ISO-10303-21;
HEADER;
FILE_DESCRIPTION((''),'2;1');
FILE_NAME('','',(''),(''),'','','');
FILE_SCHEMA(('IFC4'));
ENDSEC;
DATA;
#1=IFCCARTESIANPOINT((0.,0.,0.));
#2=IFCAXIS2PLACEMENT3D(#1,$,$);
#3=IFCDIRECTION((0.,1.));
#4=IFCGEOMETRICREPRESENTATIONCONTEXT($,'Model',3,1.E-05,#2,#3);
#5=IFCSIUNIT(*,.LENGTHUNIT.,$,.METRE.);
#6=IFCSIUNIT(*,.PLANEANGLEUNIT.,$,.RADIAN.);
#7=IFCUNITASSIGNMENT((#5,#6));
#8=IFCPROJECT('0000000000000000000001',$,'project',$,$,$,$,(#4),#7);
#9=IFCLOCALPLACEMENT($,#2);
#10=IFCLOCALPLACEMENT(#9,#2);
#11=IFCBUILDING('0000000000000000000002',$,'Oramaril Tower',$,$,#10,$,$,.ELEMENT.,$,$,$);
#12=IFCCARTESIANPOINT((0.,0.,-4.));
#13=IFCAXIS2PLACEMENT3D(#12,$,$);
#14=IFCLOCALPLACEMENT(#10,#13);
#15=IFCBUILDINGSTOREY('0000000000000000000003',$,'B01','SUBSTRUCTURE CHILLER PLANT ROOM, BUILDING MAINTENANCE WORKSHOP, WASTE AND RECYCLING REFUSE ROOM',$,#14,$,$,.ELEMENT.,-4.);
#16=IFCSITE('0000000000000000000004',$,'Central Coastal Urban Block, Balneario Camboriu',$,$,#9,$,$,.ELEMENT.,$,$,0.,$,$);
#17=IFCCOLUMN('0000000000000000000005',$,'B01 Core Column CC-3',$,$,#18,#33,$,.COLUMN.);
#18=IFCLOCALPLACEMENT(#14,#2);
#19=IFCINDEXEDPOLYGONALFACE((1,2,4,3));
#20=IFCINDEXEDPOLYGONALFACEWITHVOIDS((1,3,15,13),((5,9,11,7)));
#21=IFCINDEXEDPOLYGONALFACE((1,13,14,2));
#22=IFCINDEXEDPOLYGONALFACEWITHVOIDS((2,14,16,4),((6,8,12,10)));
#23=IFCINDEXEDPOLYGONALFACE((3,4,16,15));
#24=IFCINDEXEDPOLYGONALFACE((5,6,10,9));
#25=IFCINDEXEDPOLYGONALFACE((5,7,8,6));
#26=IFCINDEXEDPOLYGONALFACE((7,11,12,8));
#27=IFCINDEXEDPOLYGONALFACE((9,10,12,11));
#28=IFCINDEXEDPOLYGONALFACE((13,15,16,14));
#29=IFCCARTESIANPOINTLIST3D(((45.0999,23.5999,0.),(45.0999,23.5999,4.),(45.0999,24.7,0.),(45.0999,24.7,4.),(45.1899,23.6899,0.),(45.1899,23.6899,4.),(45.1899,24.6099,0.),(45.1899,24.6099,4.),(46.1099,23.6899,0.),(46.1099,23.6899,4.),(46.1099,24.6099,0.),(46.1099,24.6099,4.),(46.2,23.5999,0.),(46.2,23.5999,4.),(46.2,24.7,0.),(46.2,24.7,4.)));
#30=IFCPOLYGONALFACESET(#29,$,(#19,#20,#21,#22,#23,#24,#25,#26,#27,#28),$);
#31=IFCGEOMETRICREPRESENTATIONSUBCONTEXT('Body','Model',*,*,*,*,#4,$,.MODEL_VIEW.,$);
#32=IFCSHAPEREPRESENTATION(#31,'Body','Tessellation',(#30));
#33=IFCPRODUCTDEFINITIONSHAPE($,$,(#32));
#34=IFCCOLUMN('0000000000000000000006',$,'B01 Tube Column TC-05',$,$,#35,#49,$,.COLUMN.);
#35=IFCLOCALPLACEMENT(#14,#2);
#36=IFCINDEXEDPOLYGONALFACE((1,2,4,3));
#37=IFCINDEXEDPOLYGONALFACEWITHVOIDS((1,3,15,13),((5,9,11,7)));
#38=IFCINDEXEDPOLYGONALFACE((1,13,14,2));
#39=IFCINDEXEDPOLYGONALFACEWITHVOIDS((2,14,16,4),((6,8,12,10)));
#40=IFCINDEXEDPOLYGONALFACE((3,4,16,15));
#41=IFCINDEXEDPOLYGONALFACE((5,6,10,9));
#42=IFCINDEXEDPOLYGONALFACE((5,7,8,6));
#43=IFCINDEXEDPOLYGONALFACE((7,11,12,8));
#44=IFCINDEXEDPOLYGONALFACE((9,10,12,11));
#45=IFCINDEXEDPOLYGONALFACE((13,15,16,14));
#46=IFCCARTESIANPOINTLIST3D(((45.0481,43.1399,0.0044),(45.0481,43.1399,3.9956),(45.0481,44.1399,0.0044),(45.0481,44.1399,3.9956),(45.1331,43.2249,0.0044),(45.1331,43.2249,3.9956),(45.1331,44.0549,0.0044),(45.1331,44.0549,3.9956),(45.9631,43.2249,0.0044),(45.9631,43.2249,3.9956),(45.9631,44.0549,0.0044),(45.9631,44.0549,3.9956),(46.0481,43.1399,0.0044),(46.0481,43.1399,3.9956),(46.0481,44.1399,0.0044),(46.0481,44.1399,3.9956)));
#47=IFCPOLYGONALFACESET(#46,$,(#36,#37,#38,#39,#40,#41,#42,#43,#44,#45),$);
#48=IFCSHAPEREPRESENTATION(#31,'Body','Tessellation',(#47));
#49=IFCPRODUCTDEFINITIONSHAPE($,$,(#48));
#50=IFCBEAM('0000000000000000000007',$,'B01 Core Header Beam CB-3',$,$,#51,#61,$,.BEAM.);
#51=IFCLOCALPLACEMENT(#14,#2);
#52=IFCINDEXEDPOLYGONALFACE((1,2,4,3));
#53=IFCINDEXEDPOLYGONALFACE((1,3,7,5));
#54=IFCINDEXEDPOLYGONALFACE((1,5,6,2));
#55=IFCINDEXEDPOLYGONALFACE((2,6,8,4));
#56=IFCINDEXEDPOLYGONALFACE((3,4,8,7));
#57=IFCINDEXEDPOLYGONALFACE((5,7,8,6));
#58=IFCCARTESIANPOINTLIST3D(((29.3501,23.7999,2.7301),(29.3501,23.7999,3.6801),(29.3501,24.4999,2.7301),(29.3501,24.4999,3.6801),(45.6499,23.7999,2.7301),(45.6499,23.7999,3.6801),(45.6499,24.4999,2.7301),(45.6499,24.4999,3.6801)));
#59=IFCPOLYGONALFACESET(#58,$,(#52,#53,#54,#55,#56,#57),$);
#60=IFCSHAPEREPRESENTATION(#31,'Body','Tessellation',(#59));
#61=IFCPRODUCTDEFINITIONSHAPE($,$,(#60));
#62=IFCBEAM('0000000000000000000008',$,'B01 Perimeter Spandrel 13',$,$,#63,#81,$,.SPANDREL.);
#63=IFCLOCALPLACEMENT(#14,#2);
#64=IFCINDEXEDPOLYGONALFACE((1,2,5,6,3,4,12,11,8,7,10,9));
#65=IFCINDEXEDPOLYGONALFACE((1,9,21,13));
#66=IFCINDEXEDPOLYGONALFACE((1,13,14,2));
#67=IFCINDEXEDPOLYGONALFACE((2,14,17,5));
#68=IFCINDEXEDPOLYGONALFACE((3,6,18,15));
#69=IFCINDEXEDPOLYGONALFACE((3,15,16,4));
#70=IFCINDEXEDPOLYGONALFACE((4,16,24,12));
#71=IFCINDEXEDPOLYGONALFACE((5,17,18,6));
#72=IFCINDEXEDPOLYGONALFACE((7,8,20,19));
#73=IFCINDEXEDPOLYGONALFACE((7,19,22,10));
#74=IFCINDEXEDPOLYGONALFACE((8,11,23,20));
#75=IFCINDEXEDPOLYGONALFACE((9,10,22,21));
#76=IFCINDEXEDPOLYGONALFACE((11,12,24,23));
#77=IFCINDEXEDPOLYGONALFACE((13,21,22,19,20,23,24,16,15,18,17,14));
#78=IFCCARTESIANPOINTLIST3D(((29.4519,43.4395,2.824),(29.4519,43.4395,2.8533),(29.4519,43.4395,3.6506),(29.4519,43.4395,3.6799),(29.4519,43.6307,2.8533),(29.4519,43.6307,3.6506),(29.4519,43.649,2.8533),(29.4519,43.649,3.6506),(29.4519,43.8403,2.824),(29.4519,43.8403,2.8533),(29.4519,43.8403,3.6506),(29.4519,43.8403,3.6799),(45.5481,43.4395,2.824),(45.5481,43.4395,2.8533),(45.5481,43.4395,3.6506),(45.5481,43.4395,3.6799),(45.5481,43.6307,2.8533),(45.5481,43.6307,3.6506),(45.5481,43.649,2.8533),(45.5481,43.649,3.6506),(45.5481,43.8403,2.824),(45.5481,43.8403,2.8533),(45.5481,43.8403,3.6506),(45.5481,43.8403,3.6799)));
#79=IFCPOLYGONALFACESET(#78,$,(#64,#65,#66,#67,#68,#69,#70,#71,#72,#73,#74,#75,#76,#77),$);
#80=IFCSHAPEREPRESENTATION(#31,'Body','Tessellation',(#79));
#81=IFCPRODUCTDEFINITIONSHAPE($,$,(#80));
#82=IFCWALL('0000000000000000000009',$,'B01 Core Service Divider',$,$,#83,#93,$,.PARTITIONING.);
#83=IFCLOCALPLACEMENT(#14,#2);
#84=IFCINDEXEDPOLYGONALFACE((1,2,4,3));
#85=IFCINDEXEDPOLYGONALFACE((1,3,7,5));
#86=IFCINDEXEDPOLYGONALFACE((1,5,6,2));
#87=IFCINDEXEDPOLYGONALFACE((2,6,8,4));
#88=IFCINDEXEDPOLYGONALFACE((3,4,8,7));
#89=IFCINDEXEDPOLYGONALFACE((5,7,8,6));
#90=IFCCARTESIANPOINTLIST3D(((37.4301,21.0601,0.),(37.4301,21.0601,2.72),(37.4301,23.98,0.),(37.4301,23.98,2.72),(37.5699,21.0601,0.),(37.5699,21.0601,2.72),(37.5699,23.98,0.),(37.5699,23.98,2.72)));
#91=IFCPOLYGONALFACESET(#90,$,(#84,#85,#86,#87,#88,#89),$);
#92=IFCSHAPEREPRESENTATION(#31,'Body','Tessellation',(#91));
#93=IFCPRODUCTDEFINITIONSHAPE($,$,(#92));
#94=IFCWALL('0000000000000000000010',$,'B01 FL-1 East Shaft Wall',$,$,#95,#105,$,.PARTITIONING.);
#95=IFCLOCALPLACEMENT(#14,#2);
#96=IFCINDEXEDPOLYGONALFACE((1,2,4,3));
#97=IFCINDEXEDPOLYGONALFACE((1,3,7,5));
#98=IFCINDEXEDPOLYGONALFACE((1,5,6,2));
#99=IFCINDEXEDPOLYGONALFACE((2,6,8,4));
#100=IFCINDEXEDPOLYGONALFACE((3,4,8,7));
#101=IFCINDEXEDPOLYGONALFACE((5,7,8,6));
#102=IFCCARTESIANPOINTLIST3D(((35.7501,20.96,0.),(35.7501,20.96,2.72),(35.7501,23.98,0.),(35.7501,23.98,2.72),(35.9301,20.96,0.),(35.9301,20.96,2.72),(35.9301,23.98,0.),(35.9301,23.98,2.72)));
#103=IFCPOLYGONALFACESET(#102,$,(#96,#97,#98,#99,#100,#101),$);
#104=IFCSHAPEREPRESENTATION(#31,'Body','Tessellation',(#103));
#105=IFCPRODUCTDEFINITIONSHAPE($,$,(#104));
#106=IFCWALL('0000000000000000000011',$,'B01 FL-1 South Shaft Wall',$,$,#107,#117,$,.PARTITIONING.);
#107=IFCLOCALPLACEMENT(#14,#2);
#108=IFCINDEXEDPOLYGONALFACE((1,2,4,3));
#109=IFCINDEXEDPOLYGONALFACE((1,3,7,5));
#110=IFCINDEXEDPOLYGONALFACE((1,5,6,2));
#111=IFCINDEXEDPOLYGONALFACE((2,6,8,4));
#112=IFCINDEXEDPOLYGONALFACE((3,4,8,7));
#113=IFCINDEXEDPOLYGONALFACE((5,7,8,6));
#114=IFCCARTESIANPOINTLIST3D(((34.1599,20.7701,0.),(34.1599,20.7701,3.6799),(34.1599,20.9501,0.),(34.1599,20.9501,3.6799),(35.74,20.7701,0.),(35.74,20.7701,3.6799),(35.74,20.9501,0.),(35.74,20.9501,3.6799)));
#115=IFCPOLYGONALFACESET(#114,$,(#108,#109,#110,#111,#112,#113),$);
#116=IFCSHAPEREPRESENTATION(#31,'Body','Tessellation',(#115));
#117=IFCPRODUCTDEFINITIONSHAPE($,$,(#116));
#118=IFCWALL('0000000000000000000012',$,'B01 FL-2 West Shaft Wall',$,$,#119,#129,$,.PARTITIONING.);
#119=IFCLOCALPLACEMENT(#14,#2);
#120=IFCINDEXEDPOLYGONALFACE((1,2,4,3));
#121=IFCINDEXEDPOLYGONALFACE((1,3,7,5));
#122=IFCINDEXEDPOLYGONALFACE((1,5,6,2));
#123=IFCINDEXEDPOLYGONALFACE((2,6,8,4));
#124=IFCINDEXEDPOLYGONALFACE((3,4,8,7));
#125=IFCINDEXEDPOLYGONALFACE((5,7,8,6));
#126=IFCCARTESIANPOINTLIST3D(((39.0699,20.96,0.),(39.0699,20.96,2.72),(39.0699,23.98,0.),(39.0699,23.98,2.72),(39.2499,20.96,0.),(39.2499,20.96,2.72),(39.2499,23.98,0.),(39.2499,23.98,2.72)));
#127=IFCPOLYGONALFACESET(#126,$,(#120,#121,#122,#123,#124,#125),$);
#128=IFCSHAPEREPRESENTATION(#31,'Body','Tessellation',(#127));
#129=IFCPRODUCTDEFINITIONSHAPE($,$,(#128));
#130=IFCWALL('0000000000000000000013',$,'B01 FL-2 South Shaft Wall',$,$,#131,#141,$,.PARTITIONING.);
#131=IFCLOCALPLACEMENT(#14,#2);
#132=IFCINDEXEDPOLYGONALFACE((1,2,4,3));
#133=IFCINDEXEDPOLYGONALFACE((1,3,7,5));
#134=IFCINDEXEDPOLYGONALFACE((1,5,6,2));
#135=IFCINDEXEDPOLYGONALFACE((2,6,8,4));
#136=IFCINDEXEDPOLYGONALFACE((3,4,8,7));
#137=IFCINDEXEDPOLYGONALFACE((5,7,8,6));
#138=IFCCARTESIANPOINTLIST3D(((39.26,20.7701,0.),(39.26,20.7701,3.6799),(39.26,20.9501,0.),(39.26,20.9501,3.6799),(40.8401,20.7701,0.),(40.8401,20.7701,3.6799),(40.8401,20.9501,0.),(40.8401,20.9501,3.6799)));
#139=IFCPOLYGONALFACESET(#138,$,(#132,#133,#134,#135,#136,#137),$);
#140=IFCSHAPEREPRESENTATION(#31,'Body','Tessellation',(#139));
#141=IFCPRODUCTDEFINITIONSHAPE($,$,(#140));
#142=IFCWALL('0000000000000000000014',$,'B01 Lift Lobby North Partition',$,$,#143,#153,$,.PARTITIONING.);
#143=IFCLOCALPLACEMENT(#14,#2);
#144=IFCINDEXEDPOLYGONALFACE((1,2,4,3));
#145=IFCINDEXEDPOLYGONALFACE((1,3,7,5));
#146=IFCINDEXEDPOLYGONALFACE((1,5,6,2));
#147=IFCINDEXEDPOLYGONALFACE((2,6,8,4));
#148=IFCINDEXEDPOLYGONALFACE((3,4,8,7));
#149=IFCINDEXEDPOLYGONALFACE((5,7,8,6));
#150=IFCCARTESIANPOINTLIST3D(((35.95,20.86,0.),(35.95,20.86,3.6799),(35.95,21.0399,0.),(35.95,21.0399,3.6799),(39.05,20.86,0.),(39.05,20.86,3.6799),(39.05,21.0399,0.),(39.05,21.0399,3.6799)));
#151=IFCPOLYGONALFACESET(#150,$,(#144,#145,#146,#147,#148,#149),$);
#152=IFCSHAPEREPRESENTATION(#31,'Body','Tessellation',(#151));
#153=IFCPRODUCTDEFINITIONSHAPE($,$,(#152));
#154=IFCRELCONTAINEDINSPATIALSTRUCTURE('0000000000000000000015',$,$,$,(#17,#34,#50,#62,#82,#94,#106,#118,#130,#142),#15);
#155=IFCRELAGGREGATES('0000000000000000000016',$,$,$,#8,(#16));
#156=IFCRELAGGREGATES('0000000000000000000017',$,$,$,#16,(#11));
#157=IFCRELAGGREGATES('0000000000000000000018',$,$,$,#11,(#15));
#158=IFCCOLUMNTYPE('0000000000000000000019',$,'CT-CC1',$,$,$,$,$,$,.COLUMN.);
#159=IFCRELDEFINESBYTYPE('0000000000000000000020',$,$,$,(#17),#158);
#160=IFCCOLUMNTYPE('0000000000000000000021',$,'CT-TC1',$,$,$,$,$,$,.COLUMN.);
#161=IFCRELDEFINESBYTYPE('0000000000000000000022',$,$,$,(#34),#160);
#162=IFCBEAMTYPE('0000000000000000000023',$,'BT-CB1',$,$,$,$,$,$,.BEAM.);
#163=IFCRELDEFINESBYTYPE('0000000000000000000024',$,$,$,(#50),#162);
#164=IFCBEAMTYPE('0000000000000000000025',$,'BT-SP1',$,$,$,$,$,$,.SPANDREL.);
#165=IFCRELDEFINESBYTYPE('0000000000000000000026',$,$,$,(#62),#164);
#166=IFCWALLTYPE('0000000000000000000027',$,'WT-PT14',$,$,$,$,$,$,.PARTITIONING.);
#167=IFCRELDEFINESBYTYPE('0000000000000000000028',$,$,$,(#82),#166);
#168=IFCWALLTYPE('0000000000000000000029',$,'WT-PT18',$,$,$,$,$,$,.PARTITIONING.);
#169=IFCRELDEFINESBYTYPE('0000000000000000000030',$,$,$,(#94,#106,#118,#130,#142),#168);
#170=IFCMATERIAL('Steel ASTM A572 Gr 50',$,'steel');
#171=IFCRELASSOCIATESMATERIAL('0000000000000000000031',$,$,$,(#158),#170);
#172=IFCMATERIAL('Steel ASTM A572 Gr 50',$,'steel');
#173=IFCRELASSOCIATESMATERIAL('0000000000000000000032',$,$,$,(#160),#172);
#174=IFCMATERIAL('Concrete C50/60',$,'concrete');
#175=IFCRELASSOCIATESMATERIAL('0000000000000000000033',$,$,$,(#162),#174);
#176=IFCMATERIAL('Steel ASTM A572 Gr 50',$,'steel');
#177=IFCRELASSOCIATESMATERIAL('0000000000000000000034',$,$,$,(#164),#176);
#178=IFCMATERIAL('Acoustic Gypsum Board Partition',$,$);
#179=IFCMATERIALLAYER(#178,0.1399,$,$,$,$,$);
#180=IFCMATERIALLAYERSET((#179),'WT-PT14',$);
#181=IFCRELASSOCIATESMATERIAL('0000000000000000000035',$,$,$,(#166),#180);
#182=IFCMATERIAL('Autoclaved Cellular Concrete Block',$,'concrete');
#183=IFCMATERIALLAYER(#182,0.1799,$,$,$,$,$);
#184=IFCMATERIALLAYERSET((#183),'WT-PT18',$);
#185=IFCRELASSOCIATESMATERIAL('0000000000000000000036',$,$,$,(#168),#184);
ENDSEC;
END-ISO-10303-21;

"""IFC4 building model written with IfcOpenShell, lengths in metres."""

from ifc_helpers import new_model, si_unit, direction, frame, frame_2d, origin, origin_2d, place, context, subcontext, project, spatial, rectangle, hollow_rectangle, i_section, extrude, material, layer, layer_set, material_profile, profile_set, type_object, element, save


model = new_model("IFC4")

# Units and contexts
model_context = context("Model", 3, precision=1e-05, world=origin(), true_north=direction((0.0, 1.0)))
body_context = subcontext(model_context, "Body", "Model", "MODEL_VIEW")
ifc_project = project(units=[si_unit("LENGTHUNIT", "METRE"), si_unit("PLANEANGLEUNIT", "RADIAN")], contexts=[model_context])

# Site, building, storey
site_placement = place(None, origin())
site = spatial("IfcSite", under=ifc_project, at=site_placement, Name="Central Coastal Urban Block, Balneario Camboriu", CompositionType="ELEMENT", RefElevation=0.0)
building_placement = place(site_placement, origin())
building = spatial("IfcBuilding", under=site, at=building_placement, Name="Oramaril Tower", CompositionType="ELEMENT")
storey_placement = place(building_placement, frame((0.0, 0.0, -4.0)))
storey = spatial("IfcBuildingStorey", under=building, at=storey_placement, Name="B01", Description="SUBSTRUCTURE CHILLER PLANT ROOM, BUILDING MAINTENANCE WORKSHOP, WASTE AND RECYCLING REFUSE ROOM", CompositionType="ELEMENT", Elevation=-4.0)

# Columns
ifc_material_1 = material(Name="Steel ASTM A572 Gr 50", Category="steel")
ifc_material_profile_1 = material_profile(ifc_material_1, hollow_rectangle(XDim=1.1001, YDim=1.1001, WallThickness=0.0901, at=origin_2d()), Name="BOX1100X1100X90")
ifc_profile_set_1 = profile_set([ifc_material_profile_1], Name="Steel ASTM A572 Gr 50")
column_type_1 = type_object("IfcColumnType", Name="CT-CC1", PredefinedType="COLUMN", material=ifc_profile_set_1)
column_1_placement = place(storey_placement, frame((45.6499, 24.1499, 0.0), z_axis=(0.0, 0.0, 1.0), x_axis=(1.0, 0.0, 0.0)))
element("IfcColumn", 1, at=column_1_placement, inside=storey, type_object=column_type_1, Name="B01 Core Column CC-3", PredefinedType="COLUMN", context=body_context, shape_type="SweptSolid", body=[
    extrude(hollow_rectangle(XDim=1.1001, YDim=1.1001, WallThickness=0.0901, at=origin_2d()), origin(), (0.0, 0.0, 1.0), 4.0),
])
ifc_material_2 = material(Name="Steel ASTM A572 Gr 50", Category="steel")
ifc_material_profile_2 = material_profile(ifc_material_2, hollow_rectangle(XDim=1.0, YDim=1.0, WallThickness=0.085, at=origin_2d()), Name="BOX1000X1000X85")
ifc_profile_set_2 = profile_set([ifc_material_profile_2], Name="Steel ASTM A572 Gr 50")
column_type_2 = type_object("IfcColumnType", Name="CT-TC1", PredefinedType="COLUMN", material=ifc_profile_set_2)
column_2_placement = place(storey_placement, frame((45.5481, 43.6399, 0.0044), z_axis=(0.0, 0.0, 1.0), x_axis=(1.0, 0.0, 0.0)))
element("IfcColumn", 2, at=column_2_placement, inside=storey, type_object=column_type_2, Name="B01 Tube Column TC-05", PredefinedType="COLUMN", context=body_context, shape_type="SweptSolid", body=[
    extrude(hollow_rectangle(XDim=1.0, YDim=1.0, WallThickness=0.085, at=origin_2d()), origin(), (0.0, 0.0, 1.0), 3.9912),
])

# Beams
ifc_material_3 = material(Name="Concrete C50/60", Category="concrete")
ifc_material_profile_3 = material_profile(ifc_material_3, rectangle(XDim=0.7, YDim=0.95, at=origin_2d()), Name="CB700X950")
ifc_profile_set_3 = profile_set([ifc_material_profile_3], Name="Concrete C50/60")
beam_type_1 = type_object("IfcBeamType", Name="BT-CB1", PredefinedType="BEAM", material=ifc_profile_set_3)
beam_1_placement = place(storey_placement, frame((45.6499, 24.1499, 3.2051), z_axis=(-1.0, 0.0, 0.0), x_axis=(0.0, -1.0, 0.0)))
element("IfcBeam", 3, at=beam_1_placement, inside=storey, type_object=beam_type_1, Name="B01 Core Header Beam CB-3", PredefinedType="BEAM", context=body_context, shape_type="SweptSolid", body=[
    extrude(rectangle(XDim=0.7, YDim=0.95, at=origin_2d()), origin(), (0.0, 0.0, 1.0), 16.2998),
])
ifc_material_4 = material(Name="Steel ASTM A572 Gr 50", Category="steel")
ifc_material_profile_4 = material_profile(ifc_material_4, i_section(OverallWidth=0.4009, OverallDepth=0.856, WebThickness=0.0183, FlangeThickness=0.0293, at=origin_2d()), Name="W33X201")
ifc_profile_set_4 = profile_set([ifc_material_profile_4], Name="Steel ASTM A572 Gr 50")
beam_type_2 = type_object("IfcBeamType", Name="BT-SP1", PredefinedType="SPANDREL", material=ifc_profile_set_4)
beam_2_placement = place(storey_placement, frame((45.5481, 43.6399, 3.252), z_axis=(-1.0, 0.0, 0.0), x_axis=(0.0, -1.0, 0.0)))
element("IfcBeam", 4, at=beam_2_placement, inside=storey, type_object=beam_type_2, Name="B01 Perimeter Spandrel 13", PredefinedType="SPANDREL", context=body_context, shape_type="SweptSolid", body=[
    extrude(i_section(OverallWidth=0.4009, OverallDepth=0.856, WebThickness=0.0183, FlangeThickness=0.0293, at=origin_2d()), origin(), (0.0, 0.0, 1.0), 16.0962),
])

# Walls
ifc_material_5 = material(Name="Acoustic Gypsum Board Partition")
ifc_layer_1 = layer(ifc_material_5, 0.1399)
ifc_layer_set_1 = layer_set([ifc_layer_1], Name="WT-PT14")
wall_type_1 = type_object("IfcWallType", Name="WT-PT14", PredefinedType="PARTITIONING", material=ifc_layer_set_1)
wall_1_placement = place(storey_placement, frame((37.5, 21.0601, 0.0), z_axis=(0.0, 0.0, 1.0), x_axis=(0.0, 1.0, 0.0)))
element("IfcWall", 5, at=wall_1_placement, inside=storey, type_object=wall_type_1, Name="B01 Core Service Divider", PredefinedType="PARTITIONING", context=body_context, shape_type="SweptSolid", body=[
    extrude(rectangle(XDim=2.9199, YDim=0.1399, at=frame_2d((1.46, 0.0))), origin(), (0.0, 0.0, 1.0), 2.72),
])
ifc_material_6 = material(Name="Autoclaved Cellular Concrete Block", Category="concrete")
ifc_layer_2 = layer(ifc_material_6, 0.1799)
ifc_layer_set_2 = layer_set([ifc_layer_2], Name="WT-PT18")
wall_type_2 = type_object("IfcWallType", Name="WT-PT18", PredefinedType="PARTITIONING", material=ifc_layer_set_2)
wall_2_placement = place(storey_placement, frame((35.8401, 20.96, 0.0), z_axis=(0.0, 0.0, 1.0), x_axis=(0.0, 1.0, 0.0)))
element("IfcWall", 6, at=wall_2_placement, inside=storey, type_object=wall_type_2, Name="B01 FL-1 East Shaft Wall", PredefinedType="PARTITIONING", context=body_context, shape_type="SweptSolid", body=[
    extrude(rectangle(XDim=3.02, YDim=0.1799, at=frame_2d((1.51, 0.0))), origin(), (0.0, 0.0, 1.0), 2.72),
])
wall_3_placement = place(storey_placement, frame((34.1599, 20.8601, 0.0), z_axis=(0.0, 0.0, 1.0), x_axis=(1.0, 0.0, 0.0)))
element("IfcWall", 7, at=wall_3_placement, inside=storey, type_object=wall_type_2, Name="B01 FL-1 South Shaft Wall", PredefinedType="PARTITIONING", context=body_context, shape_type="SweptSolid", body=[
    extrude(rectangle(XDim=1.5801, YDim=0.1799, at=frame_2d((0.79, 0.0))), origin(), (0.0, 0.0, 1.0), 3.6799),
])
wall_4_placement = place(storey_placement, frame((39.1599, 20.96, 0.0), z_axis=(0.0, 0.0, 1.0), x_axis=(0.0, 1.0, 0.0)))
element("IfcWall", 8, at=wall_4_placement, inside=storey, type_object=wall_type_2, Name="B01 FL-2 West Shaft Wall", PredefinedType="PARTITIONING", context=body_context, shape_type="SweptSolid", body=[
    extrude(rectangle(XDim=3.02, YDim=0.1799, at=frame_2d((1.51, 0.0))), origin(), (0.0, 0.0, 1.0), 2.72),
])
wall_5_placement = place(storey_placement, frame((39.26, 20.8601, 0.0), z_axis=(0.0, 0.0, 1.0), x_axis=(1.0, 0.0, 0.0)))
element("IfcWall", 9, at=wall_5_placement, inside=storey, type_object=wall_type_2, Name="B01 FL-2 South Shaft Wall", PredefinedType="PARTITIONING", context=body_context, shape_type="SweptSolid", body=[
    extrude(rectangle(XDim=1.5801, YDim=0.1799, at=frame_2d((0.79, 0.0))), origin(), (0.0, 0.0, 1.0), 3.6799),
])
wall_6_placement = place(storey_placement, frame((35.95, 20.95, 0.0), z_axis=(0.0, 0.0, 1.0), x_axis=(1.0, 0.0, 0.0)))
element("IfcWall", 10, at=wall_6_placement, inside=storey, type_object=wall_type_2, Name="B01 Lift Lobby North Partition", PredefinedType="PARTITIONING", context=body_context, shape_type="SweptSolid", body=[
    extrude(rectangle(XDim=3.1001, YDim=0.1799, at=frame_2d((1.55, 0.0))), origin(), (0.0, 0.0, 1.0), 3.6799),
])

save(model, "model.ifc")
